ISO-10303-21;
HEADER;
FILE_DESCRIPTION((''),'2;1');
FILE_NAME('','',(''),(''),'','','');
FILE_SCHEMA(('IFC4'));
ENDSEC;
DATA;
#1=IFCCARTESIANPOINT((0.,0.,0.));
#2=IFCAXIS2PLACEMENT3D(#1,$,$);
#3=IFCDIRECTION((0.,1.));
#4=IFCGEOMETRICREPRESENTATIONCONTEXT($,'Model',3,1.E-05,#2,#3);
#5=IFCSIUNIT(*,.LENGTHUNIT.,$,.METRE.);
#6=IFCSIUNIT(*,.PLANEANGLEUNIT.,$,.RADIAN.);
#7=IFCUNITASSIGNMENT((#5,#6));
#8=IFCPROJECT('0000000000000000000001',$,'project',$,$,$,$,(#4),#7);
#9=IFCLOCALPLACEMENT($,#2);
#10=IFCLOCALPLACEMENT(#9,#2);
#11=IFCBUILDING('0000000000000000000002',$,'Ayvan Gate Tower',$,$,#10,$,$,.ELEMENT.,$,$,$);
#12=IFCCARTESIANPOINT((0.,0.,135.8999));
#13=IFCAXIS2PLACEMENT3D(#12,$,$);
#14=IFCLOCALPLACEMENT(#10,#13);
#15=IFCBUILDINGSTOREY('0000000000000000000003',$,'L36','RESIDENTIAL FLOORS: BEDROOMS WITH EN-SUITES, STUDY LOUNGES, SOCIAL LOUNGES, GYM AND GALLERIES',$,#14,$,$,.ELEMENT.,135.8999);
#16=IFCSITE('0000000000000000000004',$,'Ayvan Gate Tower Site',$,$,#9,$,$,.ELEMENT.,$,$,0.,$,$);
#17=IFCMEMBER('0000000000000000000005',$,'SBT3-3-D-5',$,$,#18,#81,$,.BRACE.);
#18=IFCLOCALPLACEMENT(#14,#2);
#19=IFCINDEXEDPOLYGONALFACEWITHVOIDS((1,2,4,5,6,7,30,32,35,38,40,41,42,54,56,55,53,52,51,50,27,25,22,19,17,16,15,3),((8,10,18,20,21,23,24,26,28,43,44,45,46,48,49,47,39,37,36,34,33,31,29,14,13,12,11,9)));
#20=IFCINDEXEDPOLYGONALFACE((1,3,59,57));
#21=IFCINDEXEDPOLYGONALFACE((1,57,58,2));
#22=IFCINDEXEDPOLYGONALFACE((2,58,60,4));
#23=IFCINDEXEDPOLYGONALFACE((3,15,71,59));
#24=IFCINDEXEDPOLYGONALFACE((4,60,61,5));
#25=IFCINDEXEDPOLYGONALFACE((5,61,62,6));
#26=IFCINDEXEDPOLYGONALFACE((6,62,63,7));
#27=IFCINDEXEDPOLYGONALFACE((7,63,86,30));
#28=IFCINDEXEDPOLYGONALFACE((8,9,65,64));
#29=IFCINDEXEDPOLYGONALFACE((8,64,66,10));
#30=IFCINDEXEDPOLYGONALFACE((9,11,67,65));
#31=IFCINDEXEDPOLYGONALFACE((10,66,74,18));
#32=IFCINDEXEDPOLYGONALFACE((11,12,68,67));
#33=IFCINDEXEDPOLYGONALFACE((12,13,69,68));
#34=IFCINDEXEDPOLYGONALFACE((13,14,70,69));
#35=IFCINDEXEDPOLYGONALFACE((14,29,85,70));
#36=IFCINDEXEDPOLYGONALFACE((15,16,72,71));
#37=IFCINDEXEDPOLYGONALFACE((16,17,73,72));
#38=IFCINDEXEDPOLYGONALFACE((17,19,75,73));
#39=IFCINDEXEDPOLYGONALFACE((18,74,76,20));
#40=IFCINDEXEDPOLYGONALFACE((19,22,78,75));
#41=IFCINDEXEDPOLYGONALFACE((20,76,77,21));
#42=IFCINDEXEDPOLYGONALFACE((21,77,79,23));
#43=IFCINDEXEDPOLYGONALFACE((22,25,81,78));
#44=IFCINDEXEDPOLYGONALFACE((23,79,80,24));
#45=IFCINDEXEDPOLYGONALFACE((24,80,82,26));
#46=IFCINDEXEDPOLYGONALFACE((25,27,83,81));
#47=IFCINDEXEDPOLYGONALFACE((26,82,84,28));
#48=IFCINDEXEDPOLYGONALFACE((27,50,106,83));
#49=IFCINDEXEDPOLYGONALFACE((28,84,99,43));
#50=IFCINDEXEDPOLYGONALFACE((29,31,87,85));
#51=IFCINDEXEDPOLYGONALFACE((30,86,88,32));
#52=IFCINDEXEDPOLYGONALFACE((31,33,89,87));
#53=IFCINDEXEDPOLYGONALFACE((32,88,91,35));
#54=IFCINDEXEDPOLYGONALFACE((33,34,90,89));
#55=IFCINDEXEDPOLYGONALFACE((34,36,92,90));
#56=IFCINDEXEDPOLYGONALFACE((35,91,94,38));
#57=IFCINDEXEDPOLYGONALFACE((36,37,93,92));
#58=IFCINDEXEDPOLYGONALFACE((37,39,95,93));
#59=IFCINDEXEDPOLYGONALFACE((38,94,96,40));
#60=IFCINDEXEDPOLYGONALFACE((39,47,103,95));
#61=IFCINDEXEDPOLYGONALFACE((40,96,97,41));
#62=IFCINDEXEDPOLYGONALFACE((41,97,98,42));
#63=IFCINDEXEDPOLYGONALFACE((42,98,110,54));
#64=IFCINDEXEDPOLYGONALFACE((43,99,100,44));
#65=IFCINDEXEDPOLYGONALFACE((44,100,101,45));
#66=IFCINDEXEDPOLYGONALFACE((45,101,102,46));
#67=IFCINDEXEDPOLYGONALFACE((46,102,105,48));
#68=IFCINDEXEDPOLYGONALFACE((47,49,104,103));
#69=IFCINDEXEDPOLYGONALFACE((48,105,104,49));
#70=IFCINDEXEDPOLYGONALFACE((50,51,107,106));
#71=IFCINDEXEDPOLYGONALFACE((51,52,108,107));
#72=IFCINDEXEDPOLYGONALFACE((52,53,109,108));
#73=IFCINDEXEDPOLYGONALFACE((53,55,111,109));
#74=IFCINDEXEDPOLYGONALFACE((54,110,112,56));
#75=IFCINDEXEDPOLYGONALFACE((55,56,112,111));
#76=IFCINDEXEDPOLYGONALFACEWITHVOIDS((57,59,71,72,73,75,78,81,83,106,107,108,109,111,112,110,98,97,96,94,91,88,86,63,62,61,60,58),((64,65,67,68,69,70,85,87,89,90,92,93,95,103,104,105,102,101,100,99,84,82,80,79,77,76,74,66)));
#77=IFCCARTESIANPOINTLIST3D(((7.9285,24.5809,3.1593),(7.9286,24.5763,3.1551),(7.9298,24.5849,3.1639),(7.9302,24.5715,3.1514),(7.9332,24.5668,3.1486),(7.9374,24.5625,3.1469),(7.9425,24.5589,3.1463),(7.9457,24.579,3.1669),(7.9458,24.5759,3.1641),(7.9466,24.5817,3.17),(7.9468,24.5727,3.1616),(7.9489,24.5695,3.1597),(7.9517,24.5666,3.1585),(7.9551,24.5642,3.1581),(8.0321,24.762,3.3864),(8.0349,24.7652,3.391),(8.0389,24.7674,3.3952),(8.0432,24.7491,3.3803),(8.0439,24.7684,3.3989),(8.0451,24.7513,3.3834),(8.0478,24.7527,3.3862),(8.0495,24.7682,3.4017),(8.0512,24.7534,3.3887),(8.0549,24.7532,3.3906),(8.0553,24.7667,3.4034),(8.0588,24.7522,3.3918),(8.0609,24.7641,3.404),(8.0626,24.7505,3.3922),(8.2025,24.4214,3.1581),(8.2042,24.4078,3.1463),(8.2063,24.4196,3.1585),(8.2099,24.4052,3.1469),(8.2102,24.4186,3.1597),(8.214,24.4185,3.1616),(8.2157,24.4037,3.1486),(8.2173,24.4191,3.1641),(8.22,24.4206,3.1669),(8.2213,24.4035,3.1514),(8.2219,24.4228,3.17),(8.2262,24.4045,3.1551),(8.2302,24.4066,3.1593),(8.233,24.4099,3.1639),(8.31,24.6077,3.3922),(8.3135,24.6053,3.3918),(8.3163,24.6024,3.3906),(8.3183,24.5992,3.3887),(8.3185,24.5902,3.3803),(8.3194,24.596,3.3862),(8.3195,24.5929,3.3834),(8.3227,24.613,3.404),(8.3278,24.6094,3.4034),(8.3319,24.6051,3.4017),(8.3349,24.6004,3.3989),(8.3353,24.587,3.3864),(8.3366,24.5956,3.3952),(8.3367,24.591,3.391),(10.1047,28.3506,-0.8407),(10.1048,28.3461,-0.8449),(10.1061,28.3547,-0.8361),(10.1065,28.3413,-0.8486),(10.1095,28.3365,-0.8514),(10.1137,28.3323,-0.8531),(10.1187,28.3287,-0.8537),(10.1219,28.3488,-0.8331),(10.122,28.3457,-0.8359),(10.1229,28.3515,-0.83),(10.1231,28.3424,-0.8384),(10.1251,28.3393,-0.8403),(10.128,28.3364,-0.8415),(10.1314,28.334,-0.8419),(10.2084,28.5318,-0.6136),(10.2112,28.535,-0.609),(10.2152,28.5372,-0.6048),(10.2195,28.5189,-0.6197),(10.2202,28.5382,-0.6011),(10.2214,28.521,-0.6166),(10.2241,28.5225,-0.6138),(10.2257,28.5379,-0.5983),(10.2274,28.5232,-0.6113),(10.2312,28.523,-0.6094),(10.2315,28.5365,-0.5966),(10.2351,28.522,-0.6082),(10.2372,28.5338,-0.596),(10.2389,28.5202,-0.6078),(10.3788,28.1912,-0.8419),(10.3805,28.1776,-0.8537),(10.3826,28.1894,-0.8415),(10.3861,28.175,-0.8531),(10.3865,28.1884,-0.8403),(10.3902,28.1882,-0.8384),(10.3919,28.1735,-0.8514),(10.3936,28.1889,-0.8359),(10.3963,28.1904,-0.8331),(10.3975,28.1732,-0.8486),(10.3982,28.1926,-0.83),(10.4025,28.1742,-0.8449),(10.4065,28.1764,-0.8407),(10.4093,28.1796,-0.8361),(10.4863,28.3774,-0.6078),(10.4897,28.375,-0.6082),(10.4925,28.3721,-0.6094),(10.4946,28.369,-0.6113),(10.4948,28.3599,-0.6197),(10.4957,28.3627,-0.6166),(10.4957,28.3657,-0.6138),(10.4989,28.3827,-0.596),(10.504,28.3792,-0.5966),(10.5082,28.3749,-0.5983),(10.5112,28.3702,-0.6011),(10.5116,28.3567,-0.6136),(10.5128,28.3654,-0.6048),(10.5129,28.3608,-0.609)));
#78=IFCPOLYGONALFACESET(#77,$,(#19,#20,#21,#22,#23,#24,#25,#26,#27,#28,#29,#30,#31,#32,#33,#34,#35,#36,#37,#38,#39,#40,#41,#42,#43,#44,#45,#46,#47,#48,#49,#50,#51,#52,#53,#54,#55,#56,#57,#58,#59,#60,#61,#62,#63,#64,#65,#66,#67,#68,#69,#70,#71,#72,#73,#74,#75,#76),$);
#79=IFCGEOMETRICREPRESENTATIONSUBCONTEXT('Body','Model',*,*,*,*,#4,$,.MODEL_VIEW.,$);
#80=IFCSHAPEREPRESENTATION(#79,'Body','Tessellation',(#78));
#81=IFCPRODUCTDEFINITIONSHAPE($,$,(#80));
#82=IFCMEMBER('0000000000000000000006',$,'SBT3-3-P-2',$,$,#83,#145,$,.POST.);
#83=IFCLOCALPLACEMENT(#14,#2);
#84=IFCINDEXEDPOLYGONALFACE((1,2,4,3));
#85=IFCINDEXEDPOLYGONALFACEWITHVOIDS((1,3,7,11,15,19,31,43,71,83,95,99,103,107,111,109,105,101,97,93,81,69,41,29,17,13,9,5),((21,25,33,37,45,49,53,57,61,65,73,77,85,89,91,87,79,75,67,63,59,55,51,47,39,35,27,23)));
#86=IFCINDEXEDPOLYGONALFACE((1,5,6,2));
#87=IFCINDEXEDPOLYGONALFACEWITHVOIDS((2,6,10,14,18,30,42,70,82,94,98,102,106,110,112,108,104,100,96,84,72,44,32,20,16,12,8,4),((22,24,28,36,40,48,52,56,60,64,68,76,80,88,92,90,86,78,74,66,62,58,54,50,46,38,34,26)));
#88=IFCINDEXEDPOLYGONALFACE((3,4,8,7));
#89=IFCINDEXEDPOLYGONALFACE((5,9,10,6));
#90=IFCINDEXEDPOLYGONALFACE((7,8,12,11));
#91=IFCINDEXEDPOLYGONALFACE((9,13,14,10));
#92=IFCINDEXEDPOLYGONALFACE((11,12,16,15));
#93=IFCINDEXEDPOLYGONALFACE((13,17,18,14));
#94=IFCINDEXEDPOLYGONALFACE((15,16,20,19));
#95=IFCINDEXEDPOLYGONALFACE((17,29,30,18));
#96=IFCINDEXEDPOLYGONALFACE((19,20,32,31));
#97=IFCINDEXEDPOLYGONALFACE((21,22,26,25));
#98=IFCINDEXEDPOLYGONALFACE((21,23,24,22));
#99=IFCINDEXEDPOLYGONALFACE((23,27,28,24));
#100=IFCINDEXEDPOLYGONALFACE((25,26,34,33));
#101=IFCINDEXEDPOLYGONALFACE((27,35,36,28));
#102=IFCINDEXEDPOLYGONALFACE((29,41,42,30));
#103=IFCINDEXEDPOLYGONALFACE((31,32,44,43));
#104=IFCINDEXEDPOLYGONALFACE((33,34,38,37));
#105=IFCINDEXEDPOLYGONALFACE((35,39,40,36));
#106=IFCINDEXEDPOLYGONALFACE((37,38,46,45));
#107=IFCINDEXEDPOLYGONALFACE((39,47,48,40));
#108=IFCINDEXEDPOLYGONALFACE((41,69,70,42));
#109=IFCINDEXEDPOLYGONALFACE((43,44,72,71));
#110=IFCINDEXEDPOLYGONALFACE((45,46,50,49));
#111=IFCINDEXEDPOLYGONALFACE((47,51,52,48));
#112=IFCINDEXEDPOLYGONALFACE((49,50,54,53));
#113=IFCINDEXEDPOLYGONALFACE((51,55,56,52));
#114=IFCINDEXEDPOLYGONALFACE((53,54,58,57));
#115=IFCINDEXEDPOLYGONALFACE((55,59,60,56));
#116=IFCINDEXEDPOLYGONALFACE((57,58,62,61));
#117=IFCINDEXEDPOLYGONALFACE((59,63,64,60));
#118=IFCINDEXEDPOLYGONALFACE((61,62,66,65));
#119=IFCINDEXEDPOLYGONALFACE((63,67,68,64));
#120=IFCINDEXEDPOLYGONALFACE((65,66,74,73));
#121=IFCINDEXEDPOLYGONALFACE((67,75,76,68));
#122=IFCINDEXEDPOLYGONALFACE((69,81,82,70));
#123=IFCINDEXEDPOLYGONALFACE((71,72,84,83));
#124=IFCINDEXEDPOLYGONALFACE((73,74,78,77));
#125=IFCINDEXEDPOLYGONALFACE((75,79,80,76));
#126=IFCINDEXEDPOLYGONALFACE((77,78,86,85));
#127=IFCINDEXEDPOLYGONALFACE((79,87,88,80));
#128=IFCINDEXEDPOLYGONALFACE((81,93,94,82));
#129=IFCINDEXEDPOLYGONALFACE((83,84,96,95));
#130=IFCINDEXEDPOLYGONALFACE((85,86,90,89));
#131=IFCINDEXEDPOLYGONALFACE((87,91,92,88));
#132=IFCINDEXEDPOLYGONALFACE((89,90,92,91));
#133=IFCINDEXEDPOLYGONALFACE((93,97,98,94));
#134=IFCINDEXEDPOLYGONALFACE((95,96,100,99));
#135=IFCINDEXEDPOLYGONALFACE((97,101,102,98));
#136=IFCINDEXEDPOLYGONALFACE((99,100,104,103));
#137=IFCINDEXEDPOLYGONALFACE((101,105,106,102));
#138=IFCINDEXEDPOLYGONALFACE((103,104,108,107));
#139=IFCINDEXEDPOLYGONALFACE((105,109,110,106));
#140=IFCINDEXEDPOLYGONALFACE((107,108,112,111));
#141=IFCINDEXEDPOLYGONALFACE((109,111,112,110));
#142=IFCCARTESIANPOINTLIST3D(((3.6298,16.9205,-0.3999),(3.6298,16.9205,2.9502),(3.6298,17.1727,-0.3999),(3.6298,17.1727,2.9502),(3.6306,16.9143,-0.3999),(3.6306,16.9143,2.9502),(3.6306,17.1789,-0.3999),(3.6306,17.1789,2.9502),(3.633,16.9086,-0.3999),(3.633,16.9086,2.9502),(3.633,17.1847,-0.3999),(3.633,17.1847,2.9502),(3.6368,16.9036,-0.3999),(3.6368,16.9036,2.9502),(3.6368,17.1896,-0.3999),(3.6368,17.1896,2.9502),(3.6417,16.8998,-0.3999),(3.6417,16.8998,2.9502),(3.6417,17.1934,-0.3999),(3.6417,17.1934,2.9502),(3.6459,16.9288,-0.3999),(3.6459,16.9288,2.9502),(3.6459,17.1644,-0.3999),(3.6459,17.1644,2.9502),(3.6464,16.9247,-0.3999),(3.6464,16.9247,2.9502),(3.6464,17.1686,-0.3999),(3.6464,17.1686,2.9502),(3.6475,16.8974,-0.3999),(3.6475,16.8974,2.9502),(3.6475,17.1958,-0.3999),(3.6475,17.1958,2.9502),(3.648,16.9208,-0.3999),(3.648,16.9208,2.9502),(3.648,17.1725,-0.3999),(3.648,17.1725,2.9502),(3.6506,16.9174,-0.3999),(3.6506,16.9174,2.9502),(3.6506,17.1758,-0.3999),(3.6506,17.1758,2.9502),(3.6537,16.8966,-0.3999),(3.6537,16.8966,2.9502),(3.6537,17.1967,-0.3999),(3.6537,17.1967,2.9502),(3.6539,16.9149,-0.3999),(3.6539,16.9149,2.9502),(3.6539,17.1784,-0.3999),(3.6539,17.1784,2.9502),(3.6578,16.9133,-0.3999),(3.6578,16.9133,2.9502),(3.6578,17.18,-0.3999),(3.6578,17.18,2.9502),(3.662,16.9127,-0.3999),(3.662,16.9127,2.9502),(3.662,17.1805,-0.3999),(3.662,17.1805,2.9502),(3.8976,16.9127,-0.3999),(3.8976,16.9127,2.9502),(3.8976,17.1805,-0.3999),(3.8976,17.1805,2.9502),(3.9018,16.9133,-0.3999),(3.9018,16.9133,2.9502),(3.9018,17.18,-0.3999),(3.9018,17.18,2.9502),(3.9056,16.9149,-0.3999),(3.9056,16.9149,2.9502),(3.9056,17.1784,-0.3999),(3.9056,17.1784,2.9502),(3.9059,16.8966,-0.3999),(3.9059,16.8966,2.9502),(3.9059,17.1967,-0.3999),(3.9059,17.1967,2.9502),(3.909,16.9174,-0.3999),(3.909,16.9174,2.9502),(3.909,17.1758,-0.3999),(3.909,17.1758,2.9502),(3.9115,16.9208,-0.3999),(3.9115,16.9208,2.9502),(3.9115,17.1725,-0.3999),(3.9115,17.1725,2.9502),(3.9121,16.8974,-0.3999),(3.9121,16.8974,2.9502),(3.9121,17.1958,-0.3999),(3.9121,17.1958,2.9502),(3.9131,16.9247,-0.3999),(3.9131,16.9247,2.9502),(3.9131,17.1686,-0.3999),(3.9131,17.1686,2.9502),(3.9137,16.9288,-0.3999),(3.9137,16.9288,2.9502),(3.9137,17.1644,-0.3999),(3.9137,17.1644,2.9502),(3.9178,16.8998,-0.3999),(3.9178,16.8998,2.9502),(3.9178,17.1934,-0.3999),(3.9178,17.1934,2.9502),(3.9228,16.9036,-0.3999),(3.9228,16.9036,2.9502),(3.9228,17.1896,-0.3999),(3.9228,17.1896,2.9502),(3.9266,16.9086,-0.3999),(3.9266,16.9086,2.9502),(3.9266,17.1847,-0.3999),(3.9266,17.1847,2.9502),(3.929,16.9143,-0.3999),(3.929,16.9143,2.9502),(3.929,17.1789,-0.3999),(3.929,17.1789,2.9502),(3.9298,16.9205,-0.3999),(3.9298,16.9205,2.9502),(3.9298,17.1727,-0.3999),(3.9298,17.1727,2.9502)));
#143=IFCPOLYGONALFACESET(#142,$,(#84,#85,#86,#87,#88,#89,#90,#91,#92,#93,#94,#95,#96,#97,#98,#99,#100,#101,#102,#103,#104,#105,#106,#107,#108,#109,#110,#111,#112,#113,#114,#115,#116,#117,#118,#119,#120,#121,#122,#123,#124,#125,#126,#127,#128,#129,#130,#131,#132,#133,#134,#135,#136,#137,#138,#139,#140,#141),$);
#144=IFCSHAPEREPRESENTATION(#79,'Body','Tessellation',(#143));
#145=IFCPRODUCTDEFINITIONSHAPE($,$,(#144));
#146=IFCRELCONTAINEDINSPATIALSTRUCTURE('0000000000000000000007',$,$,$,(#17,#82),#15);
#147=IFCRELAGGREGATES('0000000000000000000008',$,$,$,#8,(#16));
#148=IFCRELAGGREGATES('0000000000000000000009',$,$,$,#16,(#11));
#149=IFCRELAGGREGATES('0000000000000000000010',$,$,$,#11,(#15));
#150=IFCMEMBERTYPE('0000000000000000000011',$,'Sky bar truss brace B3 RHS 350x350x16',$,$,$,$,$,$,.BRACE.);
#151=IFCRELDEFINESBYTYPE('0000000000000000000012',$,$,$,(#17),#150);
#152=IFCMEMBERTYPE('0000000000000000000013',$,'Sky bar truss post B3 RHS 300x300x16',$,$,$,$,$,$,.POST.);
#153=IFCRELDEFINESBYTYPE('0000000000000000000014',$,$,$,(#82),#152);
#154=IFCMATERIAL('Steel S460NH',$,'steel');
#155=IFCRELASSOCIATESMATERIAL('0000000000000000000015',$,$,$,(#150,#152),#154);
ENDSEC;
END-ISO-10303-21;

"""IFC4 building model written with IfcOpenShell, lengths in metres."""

from ifc_helpers import new_model, si_unit, direction, frame, origin, origin_2d, place, context, subcontext, project, spatial, hollow_rectangle, extrude, material, material_profile, profile_set, type_object, element, save


model = new_model("IFC4")

# Units and contexts
model_context = context("Model", 3, precision=1e-05, world=origin(), true_north=direction((0.0, 1.0)))
body_context = subcontext(model_context, "Body", "Model", "MODEL_VIEW")
ifc_project = project(units=[si_unit("LENGTHUNIT", "METRE"), si_unit("PLANEANGLEUNIT", "RADIAN")], contexts=[model_context])

# Site, building, storey
site_placement = place(None, origin())
site = spatial("IfcSite", under=ifc_project, at=site_placement, Name="Ayvan Gate Tower Site", CompositionType="ELEMENT", RefElevation=0.0)
building_placement = place(site_placement, origin())
building = spatial("IfcBuilding", under=site, at=building_placement, Name="Ayvan Gate Tower", CompositionType="ELEMENT")
storey_placement = place(building_placement, frame((0.0, 0.0, 135.8999)))
storey = spatial("IfcBuildingStorey", under=building, at=storey_placement, Name="L36", Description="RESIDENTIAL FLOORS: BEDROOMS WITH EN-SUITES, STUDY LOUNGES, SOCIAL LOUNGES, GYM AND GALLERIES", CompositionType="ELEMENT", Elevation=135.8999)

# Shared definitions
ifc_material_1 = material(Name="Steel S460NH", Category="steel")

# Members
ifc_material_profile_1 = material_profile(ifc_material_1, hollow_rectangle(XDim=0.3501, YDim=0.3501, WallThickness=0.0161, InnerFilletRadius=0.0161, OuterFilletRadius=0.0239, at=origin_2d()), Name="RHS 350x350x16")
ifc_profile_set_1 = profile_set([ifc_material_profile_1], Name="Steel S460NH")
member_type_1 = type_object("IfcMemberType", Name="Sky bar truss brace B3 RHS 350x350x16", PredefinedType="BRACE", material=ifc_profile_set_1)
for number, where, z_axis, x_axis, name in (
    (1, (8.1326, 24.5859, 3.2751), (0.368134, 0.637688, -0.676632), (-0.866046, 0.499964, 0.0), "SBT3-3-D-5"),
):
    element("IfcMember", number, at=place(storey_placement, frame(where, z_axis=z_axis, x_axis=x_axis)), inside=storey, type_object=member_type_1, Name=name, PredefinedType="BRACE", context=body_context, shape_type="SweptSolid", body=[
        extrude(hollow_rectangle(XDim=0.3501, YDim=0.3501, WallThickness=0.0161, InnerFilletRadius=0.0161, OuterFilletRadius=0.0239, at=origin_2d()), origin(), (0.0, 0.0, 1.0), 5.9116),
    ])
ifc_material_profile_2 = material_profile(ifc_material_1, hollow_rectangle(XDim=0.3, YDim=0.3, WallThickness=0.0161, InnerFilletRadius=0.0161, OuterFilletRadius=0.0239, at=origin_2d()), Name="RHS 300x300x16")
ifc_profile_set_2 = profile_set([ifc_material_profile_2], Name="Steel S460NH")
member_type_2 = type_object("IfcMemberType", Name="Sky bar truss post B3 RHS 300x300x16", PredefinedType="POST", material=ifc_profile_set_2)
for number, where, z_axis, x_axis, name in (
    (2, (3.7798, 17.0466, -0.3999), (0.0, 0.0, 1.0), (1.0, 0.0, 0.0), "SBT3-3-P-2"),
):
    element("IfcMember", number, at=place(storey_placement, frame(where, z_axis=z_axis, x_axis=x_axis)), inside=storey, type_object=member_type_2, Name=name, PredefinedType="POST", context=body_context, shape_type="SweptSolid", body=[
        extrude(hollow_rectangle(XDim=0.3, YDim=0.3, WallThickness=0.0161, InnerFilletRadius=0.0161, OuterFilletRadius=0.0239, at=origin_2d()), origin(), (0.0, 0.0, 1.0), 3.3501),
    ])

save(model, "model.ifc")
